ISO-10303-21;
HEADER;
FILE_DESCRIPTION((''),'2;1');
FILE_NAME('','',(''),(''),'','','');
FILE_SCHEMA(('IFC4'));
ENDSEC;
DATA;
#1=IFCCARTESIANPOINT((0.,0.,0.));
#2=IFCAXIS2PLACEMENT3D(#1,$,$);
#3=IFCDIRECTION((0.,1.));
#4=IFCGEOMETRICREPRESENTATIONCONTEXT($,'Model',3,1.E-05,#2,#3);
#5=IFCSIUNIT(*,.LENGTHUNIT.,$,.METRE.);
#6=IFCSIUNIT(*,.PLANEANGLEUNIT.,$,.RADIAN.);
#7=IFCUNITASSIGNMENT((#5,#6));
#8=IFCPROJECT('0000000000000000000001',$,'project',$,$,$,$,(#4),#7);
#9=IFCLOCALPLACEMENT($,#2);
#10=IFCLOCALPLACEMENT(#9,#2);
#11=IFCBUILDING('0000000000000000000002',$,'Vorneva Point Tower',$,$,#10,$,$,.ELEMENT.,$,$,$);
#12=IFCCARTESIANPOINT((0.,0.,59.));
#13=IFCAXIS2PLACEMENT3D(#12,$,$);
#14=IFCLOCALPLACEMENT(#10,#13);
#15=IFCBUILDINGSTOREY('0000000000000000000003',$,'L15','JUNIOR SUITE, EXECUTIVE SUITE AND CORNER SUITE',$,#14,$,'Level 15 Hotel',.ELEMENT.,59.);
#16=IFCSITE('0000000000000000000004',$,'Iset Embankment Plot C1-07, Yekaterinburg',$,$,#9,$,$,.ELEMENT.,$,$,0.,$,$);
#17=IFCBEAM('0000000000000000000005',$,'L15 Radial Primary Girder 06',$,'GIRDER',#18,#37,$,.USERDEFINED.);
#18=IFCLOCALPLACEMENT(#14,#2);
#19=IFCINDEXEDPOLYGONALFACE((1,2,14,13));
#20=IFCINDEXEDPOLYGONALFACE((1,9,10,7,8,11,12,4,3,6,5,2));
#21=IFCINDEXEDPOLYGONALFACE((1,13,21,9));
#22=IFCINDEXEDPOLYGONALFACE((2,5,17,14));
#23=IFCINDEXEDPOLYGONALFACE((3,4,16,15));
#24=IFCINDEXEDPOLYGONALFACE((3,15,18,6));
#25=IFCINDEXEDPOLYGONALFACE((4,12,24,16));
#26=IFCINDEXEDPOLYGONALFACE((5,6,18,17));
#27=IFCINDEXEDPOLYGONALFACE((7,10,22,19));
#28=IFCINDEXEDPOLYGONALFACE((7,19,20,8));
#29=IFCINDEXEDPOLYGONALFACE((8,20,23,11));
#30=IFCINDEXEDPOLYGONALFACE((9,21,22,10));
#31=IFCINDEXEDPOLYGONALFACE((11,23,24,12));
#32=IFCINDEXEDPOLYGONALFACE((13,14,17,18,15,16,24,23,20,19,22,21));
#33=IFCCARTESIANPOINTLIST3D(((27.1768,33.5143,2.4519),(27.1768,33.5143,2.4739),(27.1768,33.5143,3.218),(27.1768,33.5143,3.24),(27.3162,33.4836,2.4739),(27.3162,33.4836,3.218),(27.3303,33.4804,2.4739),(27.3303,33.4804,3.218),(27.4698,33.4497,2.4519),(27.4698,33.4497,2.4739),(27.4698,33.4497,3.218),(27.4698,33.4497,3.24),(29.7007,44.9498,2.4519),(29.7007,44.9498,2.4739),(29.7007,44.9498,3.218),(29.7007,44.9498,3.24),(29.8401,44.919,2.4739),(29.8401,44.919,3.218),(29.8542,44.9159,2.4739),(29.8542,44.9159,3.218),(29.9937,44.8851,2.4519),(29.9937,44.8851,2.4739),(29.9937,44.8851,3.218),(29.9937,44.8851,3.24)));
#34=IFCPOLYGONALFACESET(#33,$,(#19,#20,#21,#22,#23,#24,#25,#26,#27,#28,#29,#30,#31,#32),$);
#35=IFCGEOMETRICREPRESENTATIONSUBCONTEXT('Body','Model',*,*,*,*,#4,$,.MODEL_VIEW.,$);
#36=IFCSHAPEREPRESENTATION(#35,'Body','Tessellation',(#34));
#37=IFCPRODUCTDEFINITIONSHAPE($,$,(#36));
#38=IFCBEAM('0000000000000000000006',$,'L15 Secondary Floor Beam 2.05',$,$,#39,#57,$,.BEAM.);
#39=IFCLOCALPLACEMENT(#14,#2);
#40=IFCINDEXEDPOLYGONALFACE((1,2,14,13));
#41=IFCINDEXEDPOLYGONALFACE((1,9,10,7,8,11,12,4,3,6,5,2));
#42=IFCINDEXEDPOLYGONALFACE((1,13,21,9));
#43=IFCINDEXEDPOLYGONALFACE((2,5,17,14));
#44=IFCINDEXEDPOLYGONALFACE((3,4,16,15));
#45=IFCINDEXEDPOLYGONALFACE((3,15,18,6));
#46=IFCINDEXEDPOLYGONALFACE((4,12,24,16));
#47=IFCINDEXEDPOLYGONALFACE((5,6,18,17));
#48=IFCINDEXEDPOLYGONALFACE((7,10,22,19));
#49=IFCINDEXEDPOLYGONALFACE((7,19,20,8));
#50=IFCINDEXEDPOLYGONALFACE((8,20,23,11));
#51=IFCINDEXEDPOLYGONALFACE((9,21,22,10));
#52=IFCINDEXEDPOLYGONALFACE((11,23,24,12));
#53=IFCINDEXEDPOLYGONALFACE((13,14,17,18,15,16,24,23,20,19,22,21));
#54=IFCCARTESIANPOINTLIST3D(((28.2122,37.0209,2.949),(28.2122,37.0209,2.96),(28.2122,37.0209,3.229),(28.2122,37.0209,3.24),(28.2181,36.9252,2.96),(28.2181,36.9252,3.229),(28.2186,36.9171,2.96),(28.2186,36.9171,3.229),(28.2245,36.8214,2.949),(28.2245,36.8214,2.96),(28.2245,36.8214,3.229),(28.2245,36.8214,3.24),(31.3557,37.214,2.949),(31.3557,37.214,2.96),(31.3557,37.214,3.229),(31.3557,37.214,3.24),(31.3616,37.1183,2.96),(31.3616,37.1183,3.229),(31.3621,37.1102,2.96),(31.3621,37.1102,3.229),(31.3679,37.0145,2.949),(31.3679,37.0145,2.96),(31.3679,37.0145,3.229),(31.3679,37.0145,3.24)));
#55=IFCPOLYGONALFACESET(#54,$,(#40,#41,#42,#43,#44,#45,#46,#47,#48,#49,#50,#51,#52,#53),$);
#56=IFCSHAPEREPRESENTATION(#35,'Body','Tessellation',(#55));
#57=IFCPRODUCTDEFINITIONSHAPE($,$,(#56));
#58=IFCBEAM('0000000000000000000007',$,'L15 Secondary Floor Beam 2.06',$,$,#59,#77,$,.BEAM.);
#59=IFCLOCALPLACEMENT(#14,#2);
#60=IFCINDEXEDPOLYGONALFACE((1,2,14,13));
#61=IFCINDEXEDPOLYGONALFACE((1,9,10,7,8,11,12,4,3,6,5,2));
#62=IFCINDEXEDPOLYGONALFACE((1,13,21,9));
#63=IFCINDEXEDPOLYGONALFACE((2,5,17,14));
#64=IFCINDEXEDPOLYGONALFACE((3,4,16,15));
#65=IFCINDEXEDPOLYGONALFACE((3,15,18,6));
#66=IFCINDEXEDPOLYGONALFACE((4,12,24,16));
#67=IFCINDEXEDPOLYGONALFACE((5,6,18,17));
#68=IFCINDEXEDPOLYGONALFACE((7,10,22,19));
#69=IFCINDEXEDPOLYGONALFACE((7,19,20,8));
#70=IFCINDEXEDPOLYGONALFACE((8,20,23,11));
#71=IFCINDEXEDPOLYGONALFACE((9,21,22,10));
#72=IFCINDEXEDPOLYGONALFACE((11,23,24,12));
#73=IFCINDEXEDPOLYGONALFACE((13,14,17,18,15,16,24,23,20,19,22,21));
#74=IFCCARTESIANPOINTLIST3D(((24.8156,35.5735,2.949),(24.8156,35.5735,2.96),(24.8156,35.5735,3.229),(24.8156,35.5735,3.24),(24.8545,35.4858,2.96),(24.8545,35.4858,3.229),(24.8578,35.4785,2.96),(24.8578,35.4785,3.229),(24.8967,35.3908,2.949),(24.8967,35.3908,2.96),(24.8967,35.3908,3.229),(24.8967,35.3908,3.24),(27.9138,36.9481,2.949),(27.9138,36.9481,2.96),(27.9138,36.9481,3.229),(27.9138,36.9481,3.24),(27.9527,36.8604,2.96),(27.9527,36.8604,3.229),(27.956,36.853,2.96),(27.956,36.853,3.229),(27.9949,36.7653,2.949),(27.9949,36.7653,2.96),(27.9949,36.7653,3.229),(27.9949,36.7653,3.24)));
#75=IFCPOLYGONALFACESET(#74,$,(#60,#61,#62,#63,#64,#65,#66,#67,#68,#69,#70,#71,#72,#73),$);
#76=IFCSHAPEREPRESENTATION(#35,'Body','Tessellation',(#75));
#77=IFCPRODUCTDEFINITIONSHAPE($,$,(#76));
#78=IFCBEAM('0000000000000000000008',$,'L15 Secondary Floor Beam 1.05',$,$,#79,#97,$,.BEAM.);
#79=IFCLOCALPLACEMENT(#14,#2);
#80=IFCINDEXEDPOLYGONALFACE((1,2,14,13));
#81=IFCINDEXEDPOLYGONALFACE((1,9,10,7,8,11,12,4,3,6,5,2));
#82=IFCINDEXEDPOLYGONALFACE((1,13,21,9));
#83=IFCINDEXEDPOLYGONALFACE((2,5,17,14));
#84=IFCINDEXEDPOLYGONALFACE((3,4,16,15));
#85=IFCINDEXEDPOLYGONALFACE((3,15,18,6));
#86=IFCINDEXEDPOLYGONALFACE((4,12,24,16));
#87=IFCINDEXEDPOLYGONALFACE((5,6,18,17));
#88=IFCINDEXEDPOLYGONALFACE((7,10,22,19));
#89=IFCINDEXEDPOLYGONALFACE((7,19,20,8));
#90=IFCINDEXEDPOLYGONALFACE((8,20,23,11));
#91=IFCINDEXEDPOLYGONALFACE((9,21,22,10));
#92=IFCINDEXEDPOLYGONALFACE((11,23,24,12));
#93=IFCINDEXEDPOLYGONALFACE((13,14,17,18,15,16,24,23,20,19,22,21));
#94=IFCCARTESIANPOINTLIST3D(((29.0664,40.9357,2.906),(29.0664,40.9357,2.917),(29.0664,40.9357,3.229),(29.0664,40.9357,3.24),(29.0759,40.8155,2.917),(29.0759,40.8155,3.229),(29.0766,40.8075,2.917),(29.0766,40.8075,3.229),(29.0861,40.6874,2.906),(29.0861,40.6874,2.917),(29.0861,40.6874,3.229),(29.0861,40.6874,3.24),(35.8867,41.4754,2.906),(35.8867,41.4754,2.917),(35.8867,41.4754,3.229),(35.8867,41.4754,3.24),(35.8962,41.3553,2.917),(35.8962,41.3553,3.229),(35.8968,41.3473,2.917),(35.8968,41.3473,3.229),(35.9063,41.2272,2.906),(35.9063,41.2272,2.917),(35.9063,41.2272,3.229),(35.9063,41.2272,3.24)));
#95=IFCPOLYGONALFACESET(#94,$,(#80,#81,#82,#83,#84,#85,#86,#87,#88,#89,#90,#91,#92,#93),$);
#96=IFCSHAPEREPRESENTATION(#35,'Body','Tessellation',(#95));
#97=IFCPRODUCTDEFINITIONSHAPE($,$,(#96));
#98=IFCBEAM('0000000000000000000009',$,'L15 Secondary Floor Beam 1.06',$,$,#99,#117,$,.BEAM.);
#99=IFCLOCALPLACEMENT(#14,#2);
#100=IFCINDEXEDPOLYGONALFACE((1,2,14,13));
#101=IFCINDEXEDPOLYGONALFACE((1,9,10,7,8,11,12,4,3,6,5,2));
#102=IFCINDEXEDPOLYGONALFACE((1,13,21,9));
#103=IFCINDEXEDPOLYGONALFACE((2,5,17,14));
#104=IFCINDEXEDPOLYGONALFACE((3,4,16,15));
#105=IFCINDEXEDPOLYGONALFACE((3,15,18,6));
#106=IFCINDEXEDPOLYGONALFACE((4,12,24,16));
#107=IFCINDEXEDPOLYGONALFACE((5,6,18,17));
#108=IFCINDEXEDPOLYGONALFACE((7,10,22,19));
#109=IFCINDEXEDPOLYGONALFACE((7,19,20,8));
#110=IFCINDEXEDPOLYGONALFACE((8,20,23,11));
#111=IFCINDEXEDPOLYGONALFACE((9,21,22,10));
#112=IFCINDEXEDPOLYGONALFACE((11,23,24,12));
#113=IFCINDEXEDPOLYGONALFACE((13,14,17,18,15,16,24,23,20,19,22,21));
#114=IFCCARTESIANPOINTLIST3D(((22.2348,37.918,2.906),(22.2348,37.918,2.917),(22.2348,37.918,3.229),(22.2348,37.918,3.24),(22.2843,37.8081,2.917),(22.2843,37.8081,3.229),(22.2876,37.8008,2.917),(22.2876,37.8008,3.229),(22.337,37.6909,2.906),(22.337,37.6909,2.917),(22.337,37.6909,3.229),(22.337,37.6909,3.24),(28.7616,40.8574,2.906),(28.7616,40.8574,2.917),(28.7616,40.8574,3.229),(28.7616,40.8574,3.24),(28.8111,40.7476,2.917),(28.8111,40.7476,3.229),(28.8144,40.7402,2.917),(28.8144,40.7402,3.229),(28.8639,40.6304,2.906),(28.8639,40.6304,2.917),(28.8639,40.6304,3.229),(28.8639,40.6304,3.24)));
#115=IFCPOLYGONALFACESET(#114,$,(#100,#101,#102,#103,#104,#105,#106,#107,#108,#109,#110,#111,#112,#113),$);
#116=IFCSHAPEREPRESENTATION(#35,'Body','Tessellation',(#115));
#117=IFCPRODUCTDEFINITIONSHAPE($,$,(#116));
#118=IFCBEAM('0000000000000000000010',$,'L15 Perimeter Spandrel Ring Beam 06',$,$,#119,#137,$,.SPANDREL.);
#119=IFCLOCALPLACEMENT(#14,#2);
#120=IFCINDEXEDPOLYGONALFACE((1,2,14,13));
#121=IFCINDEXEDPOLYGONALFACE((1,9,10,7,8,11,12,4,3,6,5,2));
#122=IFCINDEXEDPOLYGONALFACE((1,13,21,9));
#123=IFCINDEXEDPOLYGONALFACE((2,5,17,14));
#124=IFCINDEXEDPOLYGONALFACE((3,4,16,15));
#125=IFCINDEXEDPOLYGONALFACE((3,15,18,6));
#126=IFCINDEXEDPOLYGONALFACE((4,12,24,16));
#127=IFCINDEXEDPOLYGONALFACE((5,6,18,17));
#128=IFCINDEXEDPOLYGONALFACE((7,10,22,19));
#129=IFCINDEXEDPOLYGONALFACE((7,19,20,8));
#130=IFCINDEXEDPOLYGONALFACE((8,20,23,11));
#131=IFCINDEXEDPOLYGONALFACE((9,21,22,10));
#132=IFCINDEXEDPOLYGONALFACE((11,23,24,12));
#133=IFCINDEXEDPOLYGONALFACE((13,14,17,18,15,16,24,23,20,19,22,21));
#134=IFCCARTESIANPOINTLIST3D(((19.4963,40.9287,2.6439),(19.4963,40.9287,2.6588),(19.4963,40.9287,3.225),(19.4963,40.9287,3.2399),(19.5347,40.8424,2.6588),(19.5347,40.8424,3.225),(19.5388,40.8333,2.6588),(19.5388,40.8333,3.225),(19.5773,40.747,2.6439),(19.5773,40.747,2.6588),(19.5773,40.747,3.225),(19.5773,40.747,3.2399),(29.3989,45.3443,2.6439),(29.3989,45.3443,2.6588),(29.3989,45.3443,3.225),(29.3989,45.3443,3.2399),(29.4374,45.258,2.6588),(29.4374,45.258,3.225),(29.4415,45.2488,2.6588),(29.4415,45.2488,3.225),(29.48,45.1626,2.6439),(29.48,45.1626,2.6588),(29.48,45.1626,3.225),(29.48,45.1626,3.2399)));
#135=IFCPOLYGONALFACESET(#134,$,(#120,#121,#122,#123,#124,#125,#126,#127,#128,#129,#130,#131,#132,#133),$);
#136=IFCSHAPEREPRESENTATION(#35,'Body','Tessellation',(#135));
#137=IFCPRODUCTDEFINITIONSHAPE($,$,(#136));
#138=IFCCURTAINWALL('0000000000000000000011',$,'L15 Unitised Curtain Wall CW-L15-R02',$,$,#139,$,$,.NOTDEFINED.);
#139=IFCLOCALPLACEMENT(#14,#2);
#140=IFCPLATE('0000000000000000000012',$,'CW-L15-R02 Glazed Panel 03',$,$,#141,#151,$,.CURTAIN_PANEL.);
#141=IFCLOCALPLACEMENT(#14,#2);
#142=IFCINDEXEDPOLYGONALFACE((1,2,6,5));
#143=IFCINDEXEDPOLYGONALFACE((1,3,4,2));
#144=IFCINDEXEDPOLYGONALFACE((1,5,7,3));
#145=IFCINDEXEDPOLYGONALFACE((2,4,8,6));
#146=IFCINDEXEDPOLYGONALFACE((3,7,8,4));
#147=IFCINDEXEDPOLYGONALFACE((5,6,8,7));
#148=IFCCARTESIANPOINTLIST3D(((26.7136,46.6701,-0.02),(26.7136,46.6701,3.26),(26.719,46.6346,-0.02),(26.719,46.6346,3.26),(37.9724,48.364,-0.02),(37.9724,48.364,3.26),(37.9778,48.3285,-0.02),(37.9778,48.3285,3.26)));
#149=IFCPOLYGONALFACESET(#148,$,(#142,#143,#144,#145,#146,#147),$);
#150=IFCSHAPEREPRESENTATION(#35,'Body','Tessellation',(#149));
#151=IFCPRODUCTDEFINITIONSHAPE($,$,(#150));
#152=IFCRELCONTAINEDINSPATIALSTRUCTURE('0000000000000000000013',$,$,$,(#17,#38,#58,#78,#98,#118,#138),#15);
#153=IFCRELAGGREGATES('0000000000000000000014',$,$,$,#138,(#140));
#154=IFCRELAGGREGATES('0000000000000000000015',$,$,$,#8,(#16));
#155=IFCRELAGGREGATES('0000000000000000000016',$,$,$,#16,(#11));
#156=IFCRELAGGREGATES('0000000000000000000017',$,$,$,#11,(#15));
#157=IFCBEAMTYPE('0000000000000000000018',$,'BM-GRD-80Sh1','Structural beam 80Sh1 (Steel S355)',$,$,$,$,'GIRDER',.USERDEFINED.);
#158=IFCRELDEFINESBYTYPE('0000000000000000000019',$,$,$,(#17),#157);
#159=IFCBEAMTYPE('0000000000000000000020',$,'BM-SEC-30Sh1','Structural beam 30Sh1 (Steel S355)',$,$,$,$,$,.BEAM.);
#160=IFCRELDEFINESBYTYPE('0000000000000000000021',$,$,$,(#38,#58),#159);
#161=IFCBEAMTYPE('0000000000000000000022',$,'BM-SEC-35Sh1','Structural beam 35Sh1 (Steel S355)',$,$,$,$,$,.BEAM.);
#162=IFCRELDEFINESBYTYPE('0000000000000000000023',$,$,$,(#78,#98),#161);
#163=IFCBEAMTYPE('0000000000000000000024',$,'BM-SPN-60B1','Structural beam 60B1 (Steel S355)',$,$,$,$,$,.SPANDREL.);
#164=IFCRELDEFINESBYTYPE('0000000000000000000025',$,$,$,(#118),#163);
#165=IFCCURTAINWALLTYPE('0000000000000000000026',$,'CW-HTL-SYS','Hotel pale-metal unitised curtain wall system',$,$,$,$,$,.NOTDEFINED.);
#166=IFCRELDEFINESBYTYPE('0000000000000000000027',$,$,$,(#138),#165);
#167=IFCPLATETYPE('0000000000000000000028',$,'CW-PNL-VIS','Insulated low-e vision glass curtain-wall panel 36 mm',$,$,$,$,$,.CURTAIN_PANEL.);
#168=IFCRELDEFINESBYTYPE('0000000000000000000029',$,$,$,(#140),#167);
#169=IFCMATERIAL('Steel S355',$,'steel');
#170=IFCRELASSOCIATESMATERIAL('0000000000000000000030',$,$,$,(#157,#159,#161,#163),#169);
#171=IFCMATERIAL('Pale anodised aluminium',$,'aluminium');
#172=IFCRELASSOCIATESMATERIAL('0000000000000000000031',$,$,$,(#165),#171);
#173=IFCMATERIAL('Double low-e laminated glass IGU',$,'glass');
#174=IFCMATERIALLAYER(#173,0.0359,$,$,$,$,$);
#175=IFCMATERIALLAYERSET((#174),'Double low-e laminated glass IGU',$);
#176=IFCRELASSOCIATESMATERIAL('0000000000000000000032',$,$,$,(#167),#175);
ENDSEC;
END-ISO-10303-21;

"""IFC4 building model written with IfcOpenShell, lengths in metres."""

from ifc_helpers import new_model, si_unit, direction, frame, origin, origin_2d, place, context, subcontext, project, spatial, rectangle, i_section, extrude, material, layer, layer_set, material_profile, profile_set, type_object, element, aggregate, save


model = new_model("IFC4")

# Units and contexts
model_context = context("Model", 3, precision=1e-05, world=origin(), true_north=direction((0.0, 1.0)))
body_context = subcontext(model_context, "Body", "Model", "MODEL_VIEW")
ifc_project = project(units=[si_unit("LENGTHUNIT", "METRE"), si_unit("PLANEANGLEUNIT", "RADIAN")], contexts=[model_context])

# Site, building, storey
site_placement = place(None, origin())
site = spatial("IfcSite", under=ifc_project, at=site_placement, Name="Iset Embankment Plot C1-07, Yekaterinburg", CompositionType="ELEMENT", RefElevation=0.0)
building_placement = place(site_placement, origin())
building = spatial("IfcBuilding", under=site, at=building_placement, Name="Vorneva Point Tower", CompositionType="ELEMENT")
storey_placement = place(building_placement, frame((0.0, 0.0, 59.0)))
storey = spatial("IfcBuildingStorey", under=building, at=storey_placement, Name="L15", Description="JUNIOR SUITE, EXECUTIVE SUITE AND CORNER SUITE", LongName="Level 15 Hotel", CompositionType="ELEMENT", Elevation=59.0)

# Beams
ifc_material_1 = material(Name="Steel S355", Category="steel")
ifc_material_profile_1 = material_profile(ifc_material_1, i_section(OverallWidth=0.3, OverallDepth=0.7881, WebThickness=0.0144, FlangeThickness=0.022, at=origin_2d()), Name="80Sh1")
ifc_profile_set_1 = profile_set([ifc_material_profile_1], Name="Steel S355")
beam_type_1 = type_object("IfcBeamType", Name="BM-GRD-80Sh1", Description="Structural beam 80Sh1 (Steel S355)", ElementType="GIRDER", PredefinedType="USERDEFINED", material=ifc_profile_set_1)
beam_1_placement = place(storey_placement, frame((29.8472, 44.9175, 2.8459), z_axis=(-0.215522, -0.976499, 0.0), x_axis=(0.976499, -0.215522, 0.0)))
element("IfcBeam", 1, at=beam_1_placement, inside=storey, type_object=beam_type_1, Name="L15 Radial Primary Girder 06", ObjectType="GIRDER", PredefinedType="USERDEFINED", context=body_context, shape_type="SweptSolid", body=[
    extrude(i_section(OverallWidth=0.3, OverallDepth=0.7881, WebThickness=0.0144, FlangeThickness=0.022, at=origin_2d()), origin(), (0.0, 0.0, 1.0), 11.7107),
])
ifc_material_profile_2 = material_profile(ifc_material_1, i_section(OverallWidth=0.2, OverallDepth=0.291, WebThickness=0.0081, FlangeThickness=0.011, at=origin_2d()), Name="30Sh1")
ifc_profile_set_2 = profile_set([ifc_material_profile_2], Name="Steel S355")
beam_type_2 = type_object("IfcBeamType", Name="BM-SEC-30Sh1", Description="Structural beam 30Sh1 (Steel S355)", PredefinedType="BEAM", material=ifc_profile_set_2)
beam_2_placement = place(storey_placement, frame((31.3618, 37.1143, 3.0945), z_axis=(-0.998118, -0.061317, 0.0), x_axis=(0.061317, -0.998118, 0.0)))
element("IfcBeam", 2, at=beam_2_placement, inside=storey, type_object=beam_type_2, Name="L15 Secondary Floor Beam 2.05", PredefinedType="BEAM", context=body_context, shape_type="SweptSolid", body=[
    extrude(i_section(OverallWidth=0.2, OverallDepth=0.291, WebThickness=0.0081, FlangeThickness=0.011, at=origin_2d()), origin(), (0.0, 0.0, 1.0), 3.1494),
])
beam_3_placement = place(storey_placement, frame((27.9543, 36.8567, 3.0945), z_axis=(-0.914079, -0.405537, 0.0), x_axis=(0.405537, -0.914079, 0.0)))
element("IfcBeam", 3, at=beam_3_placement, inside=storey, type_object=beam_type_2, Name="L15 Secondary Floor Beam 2.06", PredefinedType="BEAM", context=body_context, shape_type="SweptSolid", body=[
    extrude(i_section(OverallWidth=0.2, OverallDepth=0.291, WebThickness=0.0081, FlangeThickness=0.011, at=origin_2d()), origin(), (0.0, 0.0, 1.0), 3.3894),
])
ifc_material_profile_3 = material_profile(ifc_material_1, i_section(OverallWidth=0.249, OverallDepth=0.334, WebThickness=0.0081, FlangeThickness=0.011, at=origin_2d()), Name="35Sh1")
ifc_profile_set_3 = profile_set([ifc_material_profile_3], Name="Steel S355")
beam_type_3 = type_object("IfcBeamType", Name="BM-SEC-35Sh1", Description="Structural beam 35Sh1 (Steel S355)", PredefinedType="BEAM", material=ifc_profile_set_3)
beam_4_placement = place(storey_placement, frame((35.8965, 41.3513, 3.073), z_axis=(-0.996883, -0.078898, 0.0), x_axis=(0.078898, -0.996883, 0.0)))
element("IfcBeam", 4, at=beam_4_placement, inside=storey, type_object=beam_type_3, Name="L15 Secondary Floor Beam 1.05", PredefinedType="BEAM", context=body_context, shape_type="SweptSolid", body=[
    extrude(i_section(OverallWidth=0.249, OverallDepth=0.334, WebThickness=0.0081, FlangeThickness=0.011, at=origin_2d()), origin(), (0.0, 0.0, 1.0), 6.8416),
])
beam_5_placement = place(storey_placement, frame((28.8127, 40.7439, 3.073), z_axis=(-0.911798, -0.41064, 0.0), x_axis=(0.41064, -0.911798, 0.0)))
element("IfcBeam", 5, at=beam_5_placement, inside=storey, type_object=beam_type_3, Name="L15 Secondary Floor Beam 1.06", PredefinedType="BEAM", context=body_context, shape_type="SweptSolid", body=[
    extrude(i_section(OverallWidth=0.249, OverallDepth=0.334, WebThickness=0.0081, FlangeThickness=0.011, at=origin_2d()), origin(), (0.0, 0.0, 1.0), 7.1582),
])
ifc_material_profile_4 = material_profile(ifc_material_1, i_section(OverallWidth=0.199, OverallDepth=0.5959, WebThickness=0.01, FlangeThickness=0.0149, at=origin_2d()), Name="60B1")
ifc_profile_set_4 = profile_set([ifc_material_profile_4], Name="Steel S355")
beam_type_4 = type_object("IfcBeamType", Name="BM-SPN-60B1", Description="Structural beam 60B1 (Steel S355)", PredefinedType="SPANDREL", material=ifc_profile_set_4)
beam_6_placement = place(storey_placement, frame((29.4395, 45.2534, 2.9419), z_axis=(-0.913319, -0.407245, 0.0), x_axis=(0.407245, -0.913319, 0.0)))
element("IfcBeam", 6, at=beam_6_placement, inside=storey, type_object=beam_type_4, Name="L15 Perimeter Spandrel Ring Beam 06", PredefinedType="SPANDREL", context=body_context, shape_type="SweptSolid", body=[
    extrude(i_section(OverallWidth=0.199, OverallDepth=0.5959, WebThickness=0.01, FlangeThickness=0.0149, at=origin_2d()), origin(), (0.0, 0.0, 1.0), 10.8425),
])

# Curtain wall, plate
ifc_material_2 = material(Name="Pale anodised aluminium", Category="aluminium")
curtain_wall_type = type_object("IfcCurtainWallType", Name="CW-HTL-SYS", Description="Hotel pale-metal unitised curtain wall system", PredefinedType="NOTDEFINED", material=ifc_material_2)
curtain_wall_placement = place(storey_placement, origin())
curtain_wall = element("IfcCurtainWall", 7, at=curtain_wall_placement, inside=storey, type_object=curtain_wall_type, Name="L15 Unitised Curtain Wall CW-L15-R02", PredefinedType="NOTDEFINED")
ifc_material_3 = material(Name="Double low-e laminated glass IGU", Category="glass")
ifc_layer_1 = layer(ifc_material_3, 0.0359)
ifc_layer_set_1 = layer_set([ifc_layer_1], Name="Double low-e laminated glass IGU")
plate_type = type_object("IfcPlateType", Name="CW-PNL-VIS", Description="Insulated low-e vision glass curtain-wall panel 36 mm", PredefinedType="CURTAIN_PANEL", material=ifc_layer_set_1)
plate_placement = place(storey_placement, frame((32.3457, 47.4993, -0.02), z_axis=(0.0, 0.0, 1.0), x_axis=(-0.988871, -0.148776, 0.0)))
plate = element("IfcPlate", 8, at=plate_placement, type_object=plate_type, Name="CW-L15-R02 Glazed Panel 03", PredefinedType="CURTAIN_PANEL", context=body_context, shape_type="SweptSolid", body=[
    extrude(rectangle(XDim=11.3855, YDim=0.0359, at=origin_2d()), origin(), (0.0, 0.0, 1.0), 3.28),
])
aggregate(curtain_wall, [plate])

save(model, "model.ifc")
